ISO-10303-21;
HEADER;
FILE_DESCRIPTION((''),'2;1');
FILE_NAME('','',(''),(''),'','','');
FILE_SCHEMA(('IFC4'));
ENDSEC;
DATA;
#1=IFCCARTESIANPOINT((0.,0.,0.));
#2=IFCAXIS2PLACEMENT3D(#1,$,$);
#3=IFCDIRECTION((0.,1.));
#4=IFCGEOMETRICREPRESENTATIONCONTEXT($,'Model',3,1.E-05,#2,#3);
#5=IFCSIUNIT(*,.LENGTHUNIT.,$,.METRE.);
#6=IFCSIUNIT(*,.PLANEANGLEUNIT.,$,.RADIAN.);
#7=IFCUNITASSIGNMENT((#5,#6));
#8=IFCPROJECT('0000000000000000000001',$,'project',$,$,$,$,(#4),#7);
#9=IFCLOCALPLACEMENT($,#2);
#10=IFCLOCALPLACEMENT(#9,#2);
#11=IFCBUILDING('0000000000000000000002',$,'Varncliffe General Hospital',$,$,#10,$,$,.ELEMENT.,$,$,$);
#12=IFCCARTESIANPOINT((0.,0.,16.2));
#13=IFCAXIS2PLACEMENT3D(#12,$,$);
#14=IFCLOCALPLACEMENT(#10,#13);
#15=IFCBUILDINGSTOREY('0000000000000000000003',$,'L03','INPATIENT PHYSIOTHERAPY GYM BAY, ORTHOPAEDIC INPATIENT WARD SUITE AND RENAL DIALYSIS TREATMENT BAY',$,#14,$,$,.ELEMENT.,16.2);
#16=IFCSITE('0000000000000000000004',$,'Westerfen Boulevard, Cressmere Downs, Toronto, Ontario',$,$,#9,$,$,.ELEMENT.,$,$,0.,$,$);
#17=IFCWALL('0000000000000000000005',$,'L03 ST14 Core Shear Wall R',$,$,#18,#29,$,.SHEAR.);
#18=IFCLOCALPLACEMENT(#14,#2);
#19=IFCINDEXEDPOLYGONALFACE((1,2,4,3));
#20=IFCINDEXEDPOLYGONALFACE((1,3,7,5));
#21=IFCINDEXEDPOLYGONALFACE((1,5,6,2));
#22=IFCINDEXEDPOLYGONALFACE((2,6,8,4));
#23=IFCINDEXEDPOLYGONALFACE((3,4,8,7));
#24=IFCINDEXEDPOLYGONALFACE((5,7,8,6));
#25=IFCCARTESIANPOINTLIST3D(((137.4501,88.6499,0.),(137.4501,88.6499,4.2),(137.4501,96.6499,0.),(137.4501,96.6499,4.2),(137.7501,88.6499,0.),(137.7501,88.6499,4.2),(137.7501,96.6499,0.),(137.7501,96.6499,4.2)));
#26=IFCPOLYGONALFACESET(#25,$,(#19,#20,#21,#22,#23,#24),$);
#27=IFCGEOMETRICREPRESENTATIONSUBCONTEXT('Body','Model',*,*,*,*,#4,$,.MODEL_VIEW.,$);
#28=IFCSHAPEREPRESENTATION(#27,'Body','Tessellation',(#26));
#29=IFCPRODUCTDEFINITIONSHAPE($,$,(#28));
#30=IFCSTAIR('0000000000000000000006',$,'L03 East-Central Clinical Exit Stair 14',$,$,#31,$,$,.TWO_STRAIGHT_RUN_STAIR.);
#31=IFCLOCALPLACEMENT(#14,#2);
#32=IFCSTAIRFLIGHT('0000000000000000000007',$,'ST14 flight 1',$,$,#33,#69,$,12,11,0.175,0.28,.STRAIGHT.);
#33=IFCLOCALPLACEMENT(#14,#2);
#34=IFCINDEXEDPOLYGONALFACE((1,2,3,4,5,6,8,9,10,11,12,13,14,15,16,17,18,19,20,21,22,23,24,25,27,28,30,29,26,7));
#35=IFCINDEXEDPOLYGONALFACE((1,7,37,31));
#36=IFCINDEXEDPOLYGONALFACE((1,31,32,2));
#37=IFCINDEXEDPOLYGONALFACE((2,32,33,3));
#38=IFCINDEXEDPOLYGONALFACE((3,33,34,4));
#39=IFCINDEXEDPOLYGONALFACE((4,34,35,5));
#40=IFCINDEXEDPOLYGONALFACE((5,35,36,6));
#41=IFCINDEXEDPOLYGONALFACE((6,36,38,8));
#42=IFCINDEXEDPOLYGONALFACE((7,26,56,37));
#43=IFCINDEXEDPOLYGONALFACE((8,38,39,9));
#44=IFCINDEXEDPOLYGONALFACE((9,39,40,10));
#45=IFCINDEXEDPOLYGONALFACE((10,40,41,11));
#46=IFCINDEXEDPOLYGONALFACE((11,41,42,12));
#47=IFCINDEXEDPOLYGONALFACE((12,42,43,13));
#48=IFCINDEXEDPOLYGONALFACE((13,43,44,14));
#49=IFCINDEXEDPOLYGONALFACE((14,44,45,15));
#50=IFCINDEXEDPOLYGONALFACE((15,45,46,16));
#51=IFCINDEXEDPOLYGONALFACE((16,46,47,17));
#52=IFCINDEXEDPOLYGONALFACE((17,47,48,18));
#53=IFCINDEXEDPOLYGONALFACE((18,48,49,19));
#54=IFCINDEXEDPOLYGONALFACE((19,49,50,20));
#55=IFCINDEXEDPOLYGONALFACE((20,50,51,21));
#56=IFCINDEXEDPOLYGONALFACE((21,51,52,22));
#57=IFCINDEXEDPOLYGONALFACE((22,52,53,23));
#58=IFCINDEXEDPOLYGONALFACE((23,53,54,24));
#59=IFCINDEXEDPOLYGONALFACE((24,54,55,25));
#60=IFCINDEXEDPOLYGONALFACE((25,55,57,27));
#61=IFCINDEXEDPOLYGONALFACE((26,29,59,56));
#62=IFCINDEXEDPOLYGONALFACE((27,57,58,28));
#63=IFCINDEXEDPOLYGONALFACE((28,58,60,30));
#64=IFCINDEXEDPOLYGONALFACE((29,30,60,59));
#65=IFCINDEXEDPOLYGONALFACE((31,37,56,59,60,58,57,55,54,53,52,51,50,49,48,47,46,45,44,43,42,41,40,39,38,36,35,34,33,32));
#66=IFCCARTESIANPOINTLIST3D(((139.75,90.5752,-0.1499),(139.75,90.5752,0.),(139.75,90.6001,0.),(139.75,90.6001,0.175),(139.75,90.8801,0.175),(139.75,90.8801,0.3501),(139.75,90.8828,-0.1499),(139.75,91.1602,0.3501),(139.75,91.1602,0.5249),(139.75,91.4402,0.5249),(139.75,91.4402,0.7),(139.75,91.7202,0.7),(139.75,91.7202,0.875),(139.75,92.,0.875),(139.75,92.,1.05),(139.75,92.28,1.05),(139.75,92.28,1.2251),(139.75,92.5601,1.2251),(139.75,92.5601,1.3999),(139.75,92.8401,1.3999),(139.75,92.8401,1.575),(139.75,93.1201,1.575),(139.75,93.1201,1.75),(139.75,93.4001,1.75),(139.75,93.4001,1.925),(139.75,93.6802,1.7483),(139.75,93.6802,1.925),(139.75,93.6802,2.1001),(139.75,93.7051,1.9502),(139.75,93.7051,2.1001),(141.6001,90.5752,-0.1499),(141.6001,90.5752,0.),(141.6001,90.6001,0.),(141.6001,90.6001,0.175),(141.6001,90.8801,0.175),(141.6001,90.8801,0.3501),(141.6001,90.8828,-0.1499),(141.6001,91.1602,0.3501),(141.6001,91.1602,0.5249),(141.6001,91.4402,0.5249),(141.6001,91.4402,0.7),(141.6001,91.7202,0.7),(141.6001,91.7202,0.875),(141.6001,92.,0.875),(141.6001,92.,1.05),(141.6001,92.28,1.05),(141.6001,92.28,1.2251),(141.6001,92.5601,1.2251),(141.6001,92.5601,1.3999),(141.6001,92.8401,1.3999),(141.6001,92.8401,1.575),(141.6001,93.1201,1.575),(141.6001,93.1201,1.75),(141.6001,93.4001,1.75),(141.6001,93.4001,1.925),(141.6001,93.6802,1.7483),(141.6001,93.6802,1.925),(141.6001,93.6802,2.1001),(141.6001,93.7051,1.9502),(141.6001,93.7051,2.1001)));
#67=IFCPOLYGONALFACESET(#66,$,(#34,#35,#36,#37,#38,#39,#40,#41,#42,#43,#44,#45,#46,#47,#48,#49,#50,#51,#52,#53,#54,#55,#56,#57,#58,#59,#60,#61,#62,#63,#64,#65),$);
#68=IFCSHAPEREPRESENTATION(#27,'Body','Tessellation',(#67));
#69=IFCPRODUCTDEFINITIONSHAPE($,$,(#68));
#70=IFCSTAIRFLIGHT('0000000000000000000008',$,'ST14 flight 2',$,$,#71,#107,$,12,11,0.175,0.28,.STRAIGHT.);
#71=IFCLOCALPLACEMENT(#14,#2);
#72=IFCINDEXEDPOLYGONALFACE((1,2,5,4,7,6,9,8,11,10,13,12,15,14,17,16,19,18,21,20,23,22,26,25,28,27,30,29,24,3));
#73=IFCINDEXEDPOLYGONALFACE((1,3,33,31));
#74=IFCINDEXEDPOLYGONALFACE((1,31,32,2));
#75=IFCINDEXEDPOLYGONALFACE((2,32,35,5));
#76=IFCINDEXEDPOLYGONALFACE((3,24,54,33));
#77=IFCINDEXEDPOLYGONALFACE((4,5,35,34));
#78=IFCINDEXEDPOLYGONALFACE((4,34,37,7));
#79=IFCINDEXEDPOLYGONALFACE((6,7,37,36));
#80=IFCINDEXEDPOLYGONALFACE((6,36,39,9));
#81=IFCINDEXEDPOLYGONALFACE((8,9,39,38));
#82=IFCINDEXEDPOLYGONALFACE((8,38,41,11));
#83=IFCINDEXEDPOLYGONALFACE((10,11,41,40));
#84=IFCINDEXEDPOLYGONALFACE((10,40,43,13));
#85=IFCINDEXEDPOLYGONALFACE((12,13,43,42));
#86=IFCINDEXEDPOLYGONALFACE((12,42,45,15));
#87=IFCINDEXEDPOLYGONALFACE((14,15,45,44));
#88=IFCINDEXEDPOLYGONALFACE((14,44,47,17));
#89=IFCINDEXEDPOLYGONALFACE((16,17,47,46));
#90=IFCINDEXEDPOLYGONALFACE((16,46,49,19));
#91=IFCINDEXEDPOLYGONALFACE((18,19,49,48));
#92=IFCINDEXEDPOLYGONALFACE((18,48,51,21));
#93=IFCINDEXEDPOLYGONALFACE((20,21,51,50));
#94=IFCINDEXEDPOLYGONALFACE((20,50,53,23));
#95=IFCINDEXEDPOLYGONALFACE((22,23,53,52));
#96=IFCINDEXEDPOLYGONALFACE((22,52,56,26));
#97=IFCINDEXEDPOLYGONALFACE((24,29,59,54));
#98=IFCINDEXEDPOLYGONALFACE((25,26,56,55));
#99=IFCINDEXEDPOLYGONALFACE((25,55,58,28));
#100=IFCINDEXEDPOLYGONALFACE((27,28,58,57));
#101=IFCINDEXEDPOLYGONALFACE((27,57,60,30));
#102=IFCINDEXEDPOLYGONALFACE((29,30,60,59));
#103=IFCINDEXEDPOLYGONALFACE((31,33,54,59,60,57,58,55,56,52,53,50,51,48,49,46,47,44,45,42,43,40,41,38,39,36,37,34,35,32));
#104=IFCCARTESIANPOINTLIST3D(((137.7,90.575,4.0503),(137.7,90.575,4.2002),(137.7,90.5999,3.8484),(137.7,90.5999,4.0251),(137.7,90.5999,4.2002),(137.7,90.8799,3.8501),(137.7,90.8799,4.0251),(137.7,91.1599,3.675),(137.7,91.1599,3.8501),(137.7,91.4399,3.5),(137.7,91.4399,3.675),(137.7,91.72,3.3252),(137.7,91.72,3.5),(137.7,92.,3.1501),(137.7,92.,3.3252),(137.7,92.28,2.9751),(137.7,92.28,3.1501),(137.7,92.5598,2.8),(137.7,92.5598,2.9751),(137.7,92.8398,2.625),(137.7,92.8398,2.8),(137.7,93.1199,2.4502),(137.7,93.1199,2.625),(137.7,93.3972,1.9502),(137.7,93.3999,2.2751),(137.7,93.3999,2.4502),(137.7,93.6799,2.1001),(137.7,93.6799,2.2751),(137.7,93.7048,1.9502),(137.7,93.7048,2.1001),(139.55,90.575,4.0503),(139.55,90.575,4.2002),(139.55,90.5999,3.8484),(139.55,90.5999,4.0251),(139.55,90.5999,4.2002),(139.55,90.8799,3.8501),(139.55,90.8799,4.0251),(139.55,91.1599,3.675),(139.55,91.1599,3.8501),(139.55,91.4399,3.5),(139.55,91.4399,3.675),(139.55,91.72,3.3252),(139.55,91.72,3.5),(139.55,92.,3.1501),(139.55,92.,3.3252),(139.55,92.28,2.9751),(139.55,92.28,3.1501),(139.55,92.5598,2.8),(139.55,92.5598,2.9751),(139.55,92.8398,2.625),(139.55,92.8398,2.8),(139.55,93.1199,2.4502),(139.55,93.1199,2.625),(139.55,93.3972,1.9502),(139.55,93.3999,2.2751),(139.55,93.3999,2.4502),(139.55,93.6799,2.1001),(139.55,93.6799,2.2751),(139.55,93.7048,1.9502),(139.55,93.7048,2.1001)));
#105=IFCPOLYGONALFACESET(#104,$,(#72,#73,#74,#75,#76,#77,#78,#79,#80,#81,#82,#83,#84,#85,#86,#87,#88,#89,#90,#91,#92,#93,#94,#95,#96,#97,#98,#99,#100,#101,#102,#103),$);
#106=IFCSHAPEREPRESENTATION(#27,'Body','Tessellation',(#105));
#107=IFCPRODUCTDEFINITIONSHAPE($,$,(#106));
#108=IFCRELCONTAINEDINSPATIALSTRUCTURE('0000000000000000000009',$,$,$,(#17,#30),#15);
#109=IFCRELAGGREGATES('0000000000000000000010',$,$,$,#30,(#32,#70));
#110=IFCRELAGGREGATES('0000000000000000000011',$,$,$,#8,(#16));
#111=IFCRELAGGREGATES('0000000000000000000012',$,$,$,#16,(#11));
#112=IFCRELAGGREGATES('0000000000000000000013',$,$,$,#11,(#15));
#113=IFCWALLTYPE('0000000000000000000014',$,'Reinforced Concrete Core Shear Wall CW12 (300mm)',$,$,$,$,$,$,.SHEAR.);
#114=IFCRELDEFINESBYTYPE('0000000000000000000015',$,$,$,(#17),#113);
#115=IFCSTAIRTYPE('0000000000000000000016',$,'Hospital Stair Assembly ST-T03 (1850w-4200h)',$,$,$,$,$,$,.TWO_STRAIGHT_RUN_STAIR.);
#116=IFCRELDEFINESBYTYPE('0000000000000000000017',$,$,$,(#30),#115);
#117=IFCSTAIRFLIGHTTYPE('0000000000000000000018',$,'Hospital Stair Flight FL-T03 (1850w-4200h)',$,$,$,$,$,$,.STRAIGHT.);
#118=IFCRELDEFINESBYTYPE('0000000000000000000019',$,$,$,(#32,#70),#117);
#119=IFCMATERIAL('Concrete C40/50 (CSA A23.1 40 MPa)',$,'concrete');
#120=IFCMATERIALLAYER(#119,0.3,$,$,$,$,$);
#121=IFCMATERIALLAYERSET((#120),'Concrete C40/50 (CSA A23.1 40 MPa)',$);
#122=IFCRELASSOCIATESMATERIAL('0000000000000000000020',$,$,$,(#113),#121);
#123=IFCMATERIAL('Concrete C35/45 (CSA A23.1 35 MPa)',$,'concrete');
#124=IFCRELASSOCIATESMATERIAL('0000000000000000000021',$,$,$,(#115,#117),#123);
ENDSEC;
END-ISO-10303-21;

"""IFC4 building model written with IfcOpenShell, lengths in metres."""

from ifc_helpers import new_model, si_unit, direction, frame, frame_2d, origin, place, context, subcontext, project, spatial, polyline, rectangle, outline, extrude, material, layer, layer_set, type_object, element, aggregate, save


model = new_model("IFC4")

# Units and contexts
model_context = context("Model", 3, precision=1e-05, world=origin(), true_north=direction((0.0, 1.0)))
body_context = subcontext(model_context, "Body", "Model", "MODEL_VIEW")
ifc_project = project(units=[si_unit("LENGTHUNIT", "METRE"), si_unit("PLANEANGLEUNIT", "RADIAN")], contexts=[model_context])

# Site, building, storey
site_placement = place(None, origin())
site = spatial("IfcSite", under=ifc_project, at=site_placement, Name="Westerfen Boulevard, Cressmere Downs, Toronto, Ontario", CompositionType="ELEMENT", RefElevation=0.0)
building_placement = place(site_placement, origin())
building = spatial("IfcBuilding", under=site, at=building_placement, Name="Varncliffe General Hospital", CompositionType="ELEMENT")
storey_placement = place(building_placement, frame((0.0, 0.0, 16.2)))
storey = spatial("IfcBuildingStorey", under=building, at=storey_placement, Name="L03", Description="INPATIENT PHYSIOTHERAPY GYM BAY, ORTHOPAEDIC INPATIENT WARD SUITE AND RENAL DIALYSIS TREATMENT BAY", CompositionType="ELEMENT", Elevation=16.2)

# Shared definitions
ifc_material_1 = material(Name="Concrete C40/50 (CSA A23.1 40 MPa)", Category="concrete")

# Shared definitions
ifc_material_2 = material(Name="Concrete C35/45 (CSA A23.1 35 MPa)", Category="concrete")

# Wall
ifc_layer_1 = layer(ifc_material_1, 0.3)
ifc_layer_set_1 = layer_set([ifc_layer_1], Name="Concrete C40/50 (CSA A23.1 40 MPa)")
wall_type_1 = type_object("IfcWallType", Name="Reinforced Concrete Core Shear Wall CW12 (300mm)", PredefinedType="SHEAR", material=ifc_layer_set_1)
wall_1_placement = place(storey_placement, frame((137.6001, 96.6499, 0.0), z_axis=(0.0, 0.0, 1.0), x_axis=(0.0, -1.0, 0.0)))
element("IfcWall", 1, at=wall_1_placement, inside=storey, type_object=wall_type_1, Name="L03 ST14 Core Shear Wall R", PredefinedType="SHEAR", context=body_context, shape_type="SweptSolid", body=[
    extrude(rectangle(XDim=8.0, YDim=0.3, at=frame_2d((4.0, 0.0))), origin(), (0.0, 0.0, 1.0), 4.2),
])

# Stair, stair flights
stair_type = type_object("IfcStairType", Name="Hospital Stair Assembly ST-T03 (1850w-4200h)", PredefinedType="TWO_STRAIGHT_RUN_STAIR", material=ifc_material_2)
stair_placement = place(storey_placement, origin())
stair = element("IfcStair", 2, at=stair_placement, inside=storey, type_object=stair_type, Name="L03 East-Central Clinical Exit Stair 14", PredefinedType="TWO_STRAIGHT_RUN_STAIR")
stair_flight_type = type_object("IfcStairFlightType", Name="Hospital Stair Flight FL-T03 (1850w-4200h)", PredefinedType="STRAIGHT", material=ifc_material_2)
stair_flight_1_placement = place(storey_placement, frame((140.675, 90.6001, 0.0), z_axis=(0.0, 0.0, 1.0), x_axis=(0.0, 1.0, 0.0)))
stair_flight_1 = element("IfcStairFlight", 3, at=stair_flight_1_placement, type_object=stair_flight_type, Name="ST14 flight 1", NumberOfRisers=12, NumberOfTreads=11, PredefinedType="STRAIGHT", RiserHeight=0.175, TreadLength=0.28, context=body_context, shape_type="SweptSolid", body=[
    extrude(outline(polyline([(-0.0249, -0.1499), (-0.0249, 0.0), (0.0, 0.0), (0.0, 0.175), (0.28, 0.175), (0.28, 0.3501), (0.5601, 0.3501), (0.5601, 0.5249), (0.8401, 0.5249), (0.8401, 0.7), (1.1201, 0.7), (1.1201, 0.875), (1.3999, 0.875), (1.3999, 1.05), (1.6799, 1.05), (1.6799, 1.2251), (1.96, 1.2251), (1.96, 1.3999), (2.24, 1.3999), (2.24, 1.575), (2.52, 1.575), (2.52, 1.75), (2.8, 1.75), (2.8, 1.925), (3.0801, 1.925), (3.0801, 2.1001), (3.105, 2.1001), (3.105, 1.9502), (3.0801, 1.7483), (0.2827, -0.1499), (-0.0249, -0.1499)])), frame((0.0, 0.925, 0.0), z_axis=(0.0, -1.0, 0.0), x_axis=(1.0, 0.0, 0.0)), (0.0, 0.0, 1.0), 1.8501),
])
stair_flight_2_placement = place(storey_placement, frame((138.625, 93.6799, 2.1001), z_axis=(0.0, 0.0, 1.0), x_axis=(0.0, -1.0, 0.0)))
stair_flight_2 = element("IfcStairFlight", 4, at=stair_flight_2_placement, type_object=stair_flight_type, Name="ST14 flight 2", NumberOfRisers=12, NumberOfTreads=11, PredefinedType="STRAIGHT", RiserHeight=0.175, TreadLength=0.28, context=body_context, shape_type="SweptSolid", body=[
    extrude(outline(polyline([(-0.0249, -0.1499), (-0.0249, 0.0), (0.0, 0.0), (0.0, 0.175), (0.28, 0.175), (0.28, 0.3501), (0.5601, 0.3501), (0.5601, 0.5249), (0.8401, 0.5249), (0.8401, 0.7), (1.1201, 0.7), (1.1201, 0.875), (1.3999, 0.875), (1.3999, 1.05), (1.6799, 1.05), (1.6799, 1.2251), (1.96, 1.2251), (1.96, 1.3999), (2.24, 1.3999), (2.24, 1.575), (2.52, 1.575), (2.52, 1.75), (2.8, 1.75), (2.8, 1.925), (3.0801, 1.925), (3.0801, 2.1001), (3.105, 2.1001), (3.105, 1.9502), (3.0801, 1.7483), (0.2827, -0.1499), (-0.0249, -0.1499)])), frame((0.0, 0.925, 0.0), z_axis=(0.0, -1.0, 0.0), x_axis=(1.0, 0.0, 0.0)), (0.0, 0.0, 1.0), 1.8501),
])
aggregate(stair, [stair_flight_1, stair_flight_2])

save(model, "model.ifc")
